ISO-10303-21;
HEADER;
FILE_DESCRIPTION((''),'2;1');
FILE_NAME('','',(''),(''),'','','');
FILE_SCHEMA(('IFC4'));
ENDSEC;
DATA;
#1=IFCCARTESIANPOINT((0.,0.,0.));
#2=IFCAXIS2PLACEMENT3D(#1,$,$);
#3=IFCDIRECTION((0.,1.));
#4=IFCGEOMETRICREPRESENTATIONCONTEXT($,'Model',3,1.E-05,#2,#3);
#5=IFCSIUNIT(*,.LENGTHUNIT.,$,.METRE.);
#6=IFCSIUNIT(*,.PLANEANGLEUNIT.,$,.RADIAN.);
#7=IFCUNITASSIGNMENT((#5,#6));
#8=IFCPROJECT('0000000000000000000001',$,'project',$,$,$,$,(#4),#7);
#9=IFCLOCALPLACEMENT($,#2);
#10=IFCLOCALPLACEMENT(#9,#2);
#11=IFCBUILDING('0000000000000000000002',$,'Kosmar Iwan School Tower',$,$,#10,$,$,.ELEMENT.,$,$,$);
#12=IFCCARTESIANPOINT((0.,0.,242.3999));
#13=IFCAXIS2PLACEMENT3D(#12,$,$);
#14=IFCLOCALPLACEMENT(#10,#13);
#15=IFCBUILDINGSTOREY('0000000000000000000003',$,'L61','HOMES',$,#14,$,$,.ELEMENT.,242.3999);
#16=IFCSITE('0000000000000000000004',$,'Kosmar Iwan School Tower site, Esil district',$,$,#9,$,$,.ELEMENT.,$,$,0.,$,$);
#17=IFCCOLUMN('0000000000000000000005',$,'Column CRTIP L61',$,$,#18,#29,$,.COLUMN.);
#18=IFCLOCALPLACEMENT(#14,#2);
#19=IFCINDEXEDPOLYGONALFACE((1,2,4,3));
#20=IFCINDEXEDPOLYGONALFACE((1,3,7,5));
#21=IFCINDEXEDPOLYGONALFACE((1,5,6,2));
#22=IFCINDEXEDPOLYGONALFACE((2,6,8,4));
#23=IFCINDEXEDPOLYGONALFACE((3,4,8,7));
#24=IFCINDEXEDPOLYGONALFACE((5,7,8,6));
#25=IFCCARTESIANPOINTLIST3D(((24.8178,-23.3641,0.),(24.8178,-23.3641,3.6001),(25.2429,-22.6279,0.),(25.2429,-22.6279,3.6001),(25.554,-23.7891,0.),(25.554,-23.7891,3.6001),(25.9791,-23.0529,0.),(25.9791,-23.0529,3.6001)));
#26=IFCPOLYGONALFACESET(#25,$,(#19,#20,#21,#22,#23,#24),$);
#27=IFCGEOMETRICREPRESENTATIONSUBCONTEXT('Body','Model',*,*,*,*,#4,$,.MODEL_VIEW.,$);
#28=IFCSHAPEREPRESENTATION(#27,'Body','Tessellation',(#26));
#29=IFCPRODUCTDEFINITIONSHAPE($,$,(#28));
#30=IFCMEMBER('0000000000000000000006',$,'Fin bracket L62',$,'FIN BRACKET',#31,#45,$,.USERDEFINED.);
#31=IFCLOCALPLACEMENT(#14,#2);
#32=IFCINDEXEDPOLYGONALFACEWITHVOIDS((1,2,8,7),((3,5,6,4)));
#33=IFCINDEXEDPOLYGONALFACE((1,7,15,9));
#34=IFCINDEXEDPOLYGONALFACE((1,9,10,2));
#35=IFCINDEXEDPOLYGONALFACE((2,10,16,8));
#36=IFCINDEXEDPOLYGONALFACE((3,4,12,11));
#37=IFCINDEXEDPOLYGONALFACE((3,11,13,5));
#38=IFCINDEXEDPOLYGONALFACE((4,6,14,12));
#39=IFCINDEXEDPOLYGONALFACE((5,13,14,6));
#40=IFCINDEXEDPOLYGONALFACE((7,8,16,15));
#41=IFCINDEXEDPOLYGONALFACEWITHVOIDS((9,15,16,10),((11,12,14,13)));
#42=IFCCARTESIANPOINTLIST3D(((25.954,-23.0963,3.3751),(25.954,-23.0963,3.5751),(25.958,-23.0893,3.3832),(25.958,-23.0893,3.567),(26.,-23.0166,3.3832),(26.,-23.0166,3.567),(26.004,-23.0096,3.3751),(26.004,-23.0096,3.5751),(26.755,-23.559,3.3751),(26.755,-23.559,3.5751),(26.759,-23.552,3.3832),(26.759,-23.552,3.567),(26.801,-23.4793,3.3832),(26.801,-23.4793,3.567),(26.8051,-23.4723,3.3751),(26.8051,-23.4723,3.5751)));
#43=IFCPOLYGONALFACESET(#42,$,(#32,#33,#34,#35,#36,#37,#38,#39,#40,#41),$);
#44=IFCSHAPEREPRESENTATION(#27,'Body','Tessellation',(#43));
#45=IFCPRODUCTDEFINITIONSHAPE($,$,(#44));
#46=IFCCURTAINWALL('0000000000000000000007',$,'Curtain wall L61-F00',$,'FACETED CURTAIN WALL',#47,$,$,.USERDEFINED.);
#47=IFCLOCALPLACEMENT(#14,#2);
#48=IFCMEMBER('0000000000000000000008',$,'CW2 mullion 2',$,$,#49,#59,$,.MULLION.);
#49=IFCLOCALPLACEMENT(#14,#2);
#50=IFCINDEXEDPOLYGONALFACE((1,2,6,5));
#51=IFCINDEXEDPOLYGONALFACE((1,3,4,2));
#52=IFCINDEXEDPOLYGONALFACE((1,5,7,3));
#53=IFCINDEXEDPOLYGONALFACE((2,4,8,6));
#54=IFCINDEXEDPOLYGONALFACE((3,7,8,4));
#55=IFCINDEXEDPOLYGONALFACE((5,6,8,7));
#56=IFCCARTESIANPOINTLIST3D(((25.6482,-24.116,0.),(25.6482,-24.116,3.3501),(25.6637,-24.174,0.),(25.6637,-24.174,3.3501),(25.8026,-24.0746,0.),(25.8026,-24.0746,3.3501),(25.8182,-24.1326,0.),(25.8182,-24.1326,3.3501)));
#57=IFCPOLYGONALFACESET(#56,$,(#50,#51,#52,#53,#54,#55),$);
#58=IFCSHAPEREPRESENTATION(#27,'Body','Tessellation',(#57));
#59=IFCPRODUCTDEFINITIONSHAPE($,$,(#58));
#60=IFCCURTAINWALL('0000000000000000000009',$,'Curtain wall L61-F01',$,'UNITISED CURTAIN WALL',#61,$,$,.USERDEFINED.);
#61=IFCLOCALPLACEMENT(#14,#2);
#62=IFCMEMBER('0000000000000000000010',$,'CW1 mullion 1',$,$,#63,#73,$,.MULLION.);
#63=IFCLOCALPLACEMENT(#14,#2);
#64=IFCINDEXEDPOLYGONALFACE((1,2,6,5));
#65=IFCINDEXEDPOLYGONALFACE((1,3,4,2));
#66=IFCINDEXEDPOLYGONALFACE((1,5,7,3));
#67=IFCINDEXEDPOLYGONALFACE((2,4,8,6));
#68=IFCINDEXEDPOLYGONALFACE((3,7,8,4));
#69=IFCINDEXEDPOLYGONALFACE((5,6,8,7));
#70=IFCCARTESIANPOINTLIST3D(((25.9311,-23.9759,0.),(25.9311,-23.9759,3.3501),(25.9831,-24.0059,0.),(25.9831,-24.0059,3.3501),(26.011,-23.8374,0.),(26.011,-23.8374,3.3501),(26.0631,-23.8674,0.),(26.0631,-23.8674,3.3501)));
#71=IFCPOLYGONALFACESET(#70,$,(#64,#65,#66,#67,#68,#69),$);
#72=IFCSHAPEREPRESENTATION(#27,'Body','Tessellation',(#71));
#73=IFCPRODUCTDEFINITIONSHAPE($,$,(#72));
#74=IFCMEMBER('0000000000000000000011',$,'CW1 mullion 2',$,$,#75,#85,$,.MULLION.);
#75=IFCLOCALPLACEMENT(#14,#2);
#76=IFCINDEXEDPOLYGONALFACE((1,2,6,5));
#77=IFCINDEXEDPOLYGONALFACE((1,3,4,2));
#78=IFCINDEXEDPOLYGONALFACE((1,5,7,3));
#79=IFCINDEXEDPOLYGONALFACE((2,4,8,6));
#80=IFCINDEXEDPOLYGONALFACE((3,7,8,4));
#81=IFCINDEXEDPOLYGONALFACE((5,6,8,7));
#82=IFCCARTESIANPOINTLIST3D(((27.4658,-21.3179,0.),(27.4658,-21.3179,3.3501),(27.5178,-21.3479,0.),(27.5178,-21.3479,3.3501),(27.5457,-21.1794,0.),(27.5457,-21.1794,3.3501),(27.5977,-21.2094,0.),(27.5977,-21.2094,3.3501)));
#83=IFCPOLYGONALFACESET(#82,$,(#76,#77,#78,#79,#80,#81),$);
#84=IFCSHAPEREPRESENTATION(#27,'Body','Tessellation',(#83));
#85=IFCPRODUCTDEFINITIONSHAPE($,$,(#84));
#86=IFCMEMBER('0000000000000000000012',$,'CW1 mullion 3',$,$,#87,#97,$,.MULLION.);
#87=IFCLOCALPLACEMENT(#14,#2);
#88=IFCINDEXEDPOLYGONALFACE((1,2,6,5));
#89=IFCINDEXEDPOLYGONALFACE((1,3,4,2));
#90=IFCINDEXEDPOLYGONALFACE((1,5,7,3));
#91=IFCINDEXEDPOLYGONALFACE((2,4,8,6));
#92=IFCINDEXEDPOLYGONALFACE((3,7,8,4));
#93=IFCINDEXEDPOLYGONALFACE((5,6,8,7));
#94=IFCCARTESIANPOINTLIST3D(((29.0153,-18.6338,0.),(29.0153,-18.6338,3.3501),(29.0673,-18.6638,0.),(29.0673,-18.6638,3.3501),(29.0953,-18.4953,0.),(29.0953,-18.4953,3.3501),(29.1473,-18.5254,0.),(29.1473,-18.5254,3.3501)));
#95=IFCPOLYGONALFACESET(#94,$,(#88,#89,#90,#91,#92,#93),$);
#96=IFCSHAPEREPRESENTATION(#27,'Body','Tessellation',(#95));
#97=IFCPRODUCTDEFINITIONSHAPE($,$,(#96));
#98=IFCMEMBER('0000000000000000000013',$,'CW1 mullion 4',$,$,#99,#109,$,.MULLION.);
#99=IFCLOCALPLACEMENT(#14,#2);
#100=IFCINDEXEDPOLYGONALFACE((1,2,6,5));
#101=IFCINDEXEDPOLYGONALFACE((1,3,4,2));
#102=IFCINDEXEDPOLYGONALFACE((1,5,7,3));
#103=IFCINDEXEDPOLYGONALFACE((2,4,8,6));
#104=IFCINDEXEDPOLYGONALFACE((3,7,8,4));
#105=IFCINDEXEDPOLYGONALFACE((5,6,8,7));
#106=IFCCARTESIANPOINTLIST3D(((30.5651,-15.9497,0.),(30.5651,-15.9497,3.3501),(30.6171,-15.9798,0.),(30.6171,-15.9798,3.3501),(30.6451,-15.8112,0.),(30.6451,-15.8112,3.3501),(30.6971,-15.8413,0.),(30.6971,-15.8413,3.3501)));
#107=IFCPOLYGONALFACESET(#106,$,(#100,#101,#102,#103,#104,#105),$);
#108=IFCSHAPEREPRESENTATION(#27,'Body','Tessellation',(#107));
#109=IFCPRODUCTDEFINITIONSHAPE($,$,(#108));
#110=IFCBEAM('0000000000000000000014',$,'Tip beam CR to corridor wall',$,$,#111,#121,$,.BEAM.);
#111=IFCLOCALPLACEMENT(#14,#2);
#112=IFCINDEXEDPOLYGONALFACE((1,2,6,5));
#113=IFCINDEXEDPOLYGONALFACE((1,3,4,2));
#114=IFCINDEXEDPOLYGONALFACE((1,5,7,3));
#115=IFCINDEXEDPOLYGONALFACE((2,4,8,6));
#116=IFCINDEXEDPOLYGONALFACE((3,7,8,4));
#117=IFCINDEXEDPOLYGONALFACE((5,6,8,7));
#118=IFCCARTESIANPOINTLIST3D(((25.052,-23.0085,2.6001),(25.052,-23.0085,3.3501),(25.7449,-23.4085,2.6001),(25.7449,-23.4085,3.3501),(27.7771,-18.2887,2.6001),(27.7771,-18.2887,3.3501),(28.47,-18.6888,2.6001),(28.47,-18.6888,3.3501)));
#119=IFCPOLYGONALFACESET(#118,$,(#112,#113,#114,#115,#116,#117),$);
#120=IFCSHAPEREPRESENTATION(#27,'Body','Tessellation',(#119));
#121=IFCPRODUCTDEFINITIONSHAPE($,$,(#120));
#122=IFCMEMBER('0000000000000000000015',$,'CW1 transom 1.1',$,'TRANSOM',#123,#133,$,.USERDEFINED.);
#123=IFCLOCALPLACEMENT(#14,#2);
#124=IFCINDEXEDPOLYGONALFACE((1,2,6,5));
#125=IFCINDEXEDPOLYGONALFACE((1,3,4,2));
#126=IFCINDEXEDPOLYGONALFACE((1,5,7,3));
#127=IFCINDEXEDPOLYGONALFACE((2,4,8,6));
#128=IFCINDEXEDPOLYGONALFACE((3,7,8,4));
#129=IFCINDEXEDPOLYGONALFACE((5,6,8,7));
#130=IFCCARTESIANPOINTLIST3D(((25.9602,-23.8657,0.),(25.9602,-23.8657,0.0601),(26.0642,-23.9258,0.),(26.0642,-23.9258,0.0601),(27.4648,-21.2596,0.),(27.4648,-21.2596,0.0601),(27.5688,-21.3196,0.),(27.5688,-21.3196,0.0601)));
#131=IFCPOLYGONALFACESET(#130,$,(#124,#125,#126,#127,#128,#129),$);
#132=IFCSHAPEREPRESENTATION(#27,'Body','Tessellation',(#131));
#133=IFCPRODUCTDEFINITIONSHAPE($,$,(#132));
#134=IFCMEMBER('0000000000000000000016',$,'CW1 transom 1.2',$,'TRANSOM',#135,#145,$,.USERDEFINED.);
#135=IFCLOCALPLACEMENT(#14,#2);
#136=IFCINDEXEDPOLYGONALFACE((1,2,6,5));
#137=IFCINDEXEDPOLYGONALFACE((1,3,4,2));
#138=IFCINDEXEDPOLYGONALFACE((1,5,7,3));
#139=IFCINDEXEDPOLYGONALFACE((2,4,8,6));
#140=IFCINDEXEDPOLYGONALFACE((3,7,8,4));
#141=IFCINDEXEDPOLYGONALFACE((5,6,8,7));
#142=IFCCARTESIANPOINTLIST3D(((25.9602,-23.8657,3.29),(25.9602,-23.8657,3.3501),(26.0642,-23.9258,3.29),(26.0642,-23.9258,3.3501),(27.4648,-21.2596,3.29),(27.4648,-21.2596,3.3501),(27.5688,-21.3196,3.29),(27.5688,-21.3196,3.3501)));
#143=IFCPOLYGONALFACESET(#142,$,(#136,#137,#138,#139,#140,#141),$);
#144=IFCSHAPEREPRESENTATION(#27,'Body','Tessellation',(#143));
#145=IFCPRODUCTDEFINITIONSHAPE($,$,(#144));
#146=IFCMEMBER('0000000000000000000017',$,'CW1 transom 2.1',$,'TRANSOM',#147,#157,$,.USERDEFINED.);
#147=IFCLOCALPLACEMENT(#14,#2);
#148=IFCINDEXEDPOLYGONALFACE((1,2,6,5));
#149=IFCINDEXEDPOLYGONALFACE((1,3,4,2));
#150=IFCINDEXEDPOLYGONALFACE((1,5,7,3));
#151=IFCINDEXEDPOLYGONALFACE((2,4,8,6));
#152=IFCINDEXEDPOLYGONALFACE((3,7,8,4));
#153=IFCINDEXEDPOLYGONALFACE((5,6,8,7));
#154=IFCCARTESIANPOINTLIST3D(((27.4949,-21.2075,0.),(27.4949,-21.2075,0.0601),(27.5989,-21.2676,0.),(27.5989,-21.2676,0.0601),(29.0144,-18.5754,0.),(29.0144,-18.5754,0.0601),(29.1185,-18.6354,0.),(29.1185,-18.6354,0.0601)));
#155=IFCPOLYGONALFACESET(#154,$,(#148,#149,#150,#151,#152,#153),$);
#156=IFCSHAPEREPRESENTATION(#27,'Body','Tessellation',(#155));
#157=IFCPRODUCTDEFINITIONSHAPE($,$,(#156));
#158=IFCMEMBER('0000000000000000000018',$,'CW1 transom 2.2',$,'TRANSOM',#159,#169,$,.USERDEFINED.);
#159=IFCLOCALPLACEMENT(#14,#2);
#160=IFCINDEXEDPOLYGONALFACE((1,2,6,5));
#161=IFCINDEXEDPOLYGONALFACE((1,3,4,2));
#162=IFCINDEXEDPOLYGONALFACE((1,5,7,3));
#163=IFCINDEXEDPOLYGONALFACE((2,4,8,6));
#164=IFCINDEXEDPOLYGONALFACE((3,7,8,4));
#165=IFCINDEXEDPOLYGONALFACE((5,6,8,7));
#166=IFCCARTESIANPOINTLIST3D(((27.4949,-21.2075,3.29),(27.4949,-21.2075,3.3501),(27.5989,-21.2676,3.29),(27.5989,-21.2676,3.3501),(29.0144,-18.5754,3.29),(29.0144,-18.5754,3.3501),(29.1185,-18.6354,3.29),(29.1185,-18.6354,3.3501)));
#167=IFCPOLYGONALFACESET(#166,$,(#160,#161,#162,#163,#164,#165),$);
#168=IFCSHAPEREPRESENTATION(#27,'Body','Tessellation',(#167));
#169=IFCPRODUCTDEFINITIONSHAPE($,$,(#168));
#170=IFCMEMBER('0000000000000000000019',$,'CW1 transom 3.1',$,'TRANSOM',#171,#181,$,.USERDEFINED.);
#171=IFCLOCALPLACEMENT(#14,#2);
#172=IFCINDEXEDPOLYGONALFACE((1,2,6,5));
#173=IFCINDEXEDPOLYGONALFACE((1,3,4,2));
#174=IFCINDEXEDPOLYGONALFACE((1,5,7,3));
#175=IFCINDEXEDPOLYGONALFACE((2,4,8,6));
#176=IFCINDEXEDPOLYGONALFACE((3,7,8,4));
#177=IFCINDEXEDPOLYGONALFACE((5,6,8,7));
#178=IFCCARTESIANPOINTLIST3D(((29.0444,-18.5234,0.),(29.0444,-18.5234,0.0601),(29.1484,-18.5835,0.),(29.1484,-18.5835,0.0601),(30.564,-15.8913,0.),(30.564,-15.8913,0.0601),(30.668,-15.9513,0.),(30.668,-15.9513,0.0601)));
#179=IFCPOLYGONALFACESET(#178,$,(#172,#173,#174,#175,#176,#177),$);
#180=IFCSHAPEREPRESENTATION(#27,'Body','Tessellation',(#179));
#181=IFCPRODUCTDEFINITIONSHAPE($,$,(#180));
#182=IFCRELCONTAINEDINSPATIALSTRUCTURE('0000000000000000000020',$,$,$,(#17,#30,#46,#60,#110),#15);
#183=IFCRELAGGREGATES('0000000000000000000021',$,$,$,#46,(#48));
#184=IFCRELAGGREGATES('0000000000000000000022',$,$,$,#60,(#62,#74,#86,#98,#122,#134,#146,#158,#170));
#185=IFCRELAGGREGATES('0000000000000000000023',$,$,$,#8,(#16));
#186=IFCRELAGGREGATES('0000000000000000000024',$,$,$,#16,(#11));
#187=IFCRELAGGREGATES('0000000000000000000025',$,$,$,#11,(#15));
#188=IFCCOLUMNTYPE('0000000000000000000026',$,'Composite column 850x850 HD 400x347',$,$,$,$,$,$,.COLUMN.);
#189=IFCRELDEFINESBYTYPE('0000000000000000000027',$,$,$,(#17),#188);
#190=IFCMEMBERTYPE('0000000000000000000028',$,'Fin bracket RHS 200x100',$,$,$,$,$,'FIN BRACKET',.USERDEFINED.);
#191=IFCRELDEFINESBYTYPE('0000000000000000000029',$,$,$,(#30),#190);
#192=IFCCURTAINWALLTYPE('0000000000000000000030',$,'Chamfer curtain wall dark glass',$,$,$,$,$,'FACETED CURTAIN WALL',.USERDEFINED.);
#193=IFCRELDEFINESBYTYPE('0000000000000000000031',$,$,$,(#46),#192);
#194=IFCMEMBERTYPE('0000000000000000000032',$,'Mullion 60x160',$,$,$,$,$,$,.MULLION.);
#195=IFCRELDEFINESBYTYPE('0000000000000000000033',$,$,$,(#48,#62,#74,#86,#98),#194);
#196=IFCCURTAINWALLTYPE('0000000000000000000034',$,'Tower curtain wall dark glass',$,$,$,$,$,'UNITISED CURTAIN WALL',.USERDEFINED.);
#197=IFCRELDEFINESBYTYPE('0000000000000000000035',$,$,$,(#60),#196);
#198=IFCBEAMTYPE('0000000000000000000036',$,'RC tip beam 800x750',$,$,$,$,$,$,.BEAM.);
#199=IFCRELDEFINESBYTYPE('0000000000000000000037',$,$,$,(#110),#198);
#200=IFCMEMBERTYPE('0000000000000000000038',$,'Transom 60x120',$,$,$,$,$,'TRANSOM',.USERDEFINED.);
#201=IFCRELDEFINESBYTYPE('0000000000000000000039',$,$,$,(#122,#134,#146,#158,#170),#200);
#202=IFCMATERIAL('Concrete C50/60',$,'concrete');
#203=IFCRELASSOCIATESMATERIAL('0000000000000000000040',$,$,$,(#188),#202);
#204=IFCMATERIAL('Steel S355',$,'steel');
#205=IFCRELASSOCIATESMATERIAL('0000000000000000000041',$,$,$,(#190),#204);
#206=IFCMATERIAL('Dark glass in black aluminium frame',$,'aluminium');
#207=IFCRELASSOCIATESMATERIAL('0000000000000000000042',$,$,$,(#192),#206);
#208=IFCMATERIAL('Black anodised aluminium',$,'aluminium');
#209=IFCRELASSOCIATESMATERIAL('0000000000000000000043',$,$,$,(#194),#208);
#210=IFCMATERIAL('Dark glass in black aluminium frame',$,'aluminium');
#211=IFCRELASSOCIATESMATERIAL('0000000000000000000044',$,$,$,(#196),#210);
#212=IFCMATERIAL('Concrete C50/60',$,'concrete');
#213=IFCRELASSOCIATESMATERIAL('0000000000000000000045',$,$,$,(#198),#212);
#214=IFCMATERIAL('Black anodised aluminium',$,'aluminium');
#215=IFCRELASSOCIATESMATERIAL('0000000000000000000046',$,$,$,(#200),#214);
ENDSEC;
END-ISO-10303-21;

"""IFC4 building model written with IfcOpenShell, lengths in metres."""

from ifc_helpers import new_model, si_unit, direction, frame, origin, origin_2d, place, context, subcontext, project, spatial, rectangle, hollow_rectangle, extrude, material, material_profile, profile_set, type_object, element, aggregate, save


model = new_model("IFC4")

# Units and contexts
model_context = context("Model", 3, precision=1e-05, world=origin(), true_north=direction((0.0, 1.0)))
body_context = subcontext(model_context, "Body", "Model", "MODEL_VIEW")
ifc_project = project(units=[si_unit("LENGTHUNIT", "METRE"), si_unit("PLANEANGLEUNIT", "RADIAN")], contexts=[model_context])

# Site, building, storey
site_placement = place(None, origin())
site = spatial("IfcSite", under=ifc_project, at=site_placement, Name="Kosmar Iwan School Tower site, Esil district", CompositionType="ELEMENT", RefElevation=0.0)
building_placement = place(site_placement, origin())
building = spatial("IfcBuilding", under=site, at=building_placement, Name="Kosmar Iwan School Tower", CompositionType="ELEMENT")
storey_placement = place(building_placement, frame((0.0, 0.0, 242.3999)))
storey = spatial("IfcBuildingStorey", under=building, at=storey_placement, Name="L61", Description="HOMES", CompositionType="ELEMENT", Elevation=242.3999)

# Column
ifc_material_1 = material(Name="Concrete C50/60", Category="concrete")
ifc_material_profile_1 = material_profile(ifc_material_1, rectangle(XDim=0.8501, YDim=0.8501, at=origin_2d()), Name="RC 850x850 + HD 400x347")
ifc_profile_set_1 = profile_set([ifc_material_profile_1], Name="Concrete C50/60")
column_type = type_object("IfcColumnType", Name="Composite column 850x850 HD 400x347", PredefinedType="COLUMN", material=ifc_profile_set_1)
column_placement = place(storey_placement, frame((25.3984, -23.2085, 0.0), z_axis=(0.0, 0.0, 1.0), x_axis=(0.866025, -0.5, 0.0)))
element("IfcColumn", 1, at=column_placement, inside=storey, type_object=column_type, Name="Column CRTIP L61", PredefinedType="COLUMN", context=body_context, shape_type="SweptSolid", body=[
    extrude(rectangle(XDim=0.8501, YDim=0.8501, at=origin_2d()), origin(), (0.0, 0.0, 1.0), 3.6001),
])

# Member
ifc_material_2 = material(Name="Steel S355", Category="steel")
ifc_material_profile_2 = material_profile(ifc_material_2, hollow_rectangle(XDim=0.1001, YDim=0.2, WallThickness=0.0081, at=origin_2d()), Name="RHS 200x100x8")
ifc_profile_set_2 = profile_set([ifc_material_profile_2], Name="Steel S355")
member_type_1 = type_object("IfcMemberType", Name="Fin bracket RHS 200x100", ElementType="FIN BRACKET", PredefinedType="USERDEFINED", material=ifc_profile_set_2)
member_1_placement = place(storey_placement, frame((25.979, -23.053, 3.4751), z_axis=(0.865944, -0.500141, 0.0), x_axis=(0.500141, 0.865944, 0.0)))
element("IfcMember", 2, at=member_1_placement, inside=storey, type_object=member_type_1, Name="Fin bracket L62", ObjectType="FIN BRACKET", PredefinedType="USERDEFINED", context=body_context, shape_type="SweptSolid", body=[
    extrude(hollow_rectangle(XDim=0.1001, YDim=0.2, WallThickness=0.0081, at=origin_2d()), origin(), (0.0, 0.0, 1.0), 0.925),
])

# Curtain wall, member
ifc_material_3 = material(Name="Dark glass in black aluminium frame", Category="aluminium")
curtain_wall_type_1 = type_object("IfcCurtainWallType", Name="Chamfer curtain wall dark glass", ElementType="FACETED CURTAIN WALL", PredefinedType="USERDEFINED", material=ifc_material_3)
curtain_wall_1_placement = place(storey_placement, origin())
curtain_wall_1 = element("IfcCurtainWall", 3, at=curtain_wall_1_placement, inside=storey, type_object=curtain_wall_type_1, Name="Curtain wall L61-F00", ObjectType="FACETED CURTAIN WALL", PredefinedType="USERDEFINED")
ifc_material_4 = material(Name="Black anodised aluminium", Category="aluminium")
ifc_material_profile_3 = material_profile(ifc_material_4, rectangle(XDim=0.0601, YDim=0.1599, at=origin_2d()), Name="MULLION 60x160")
ifc_profile_set_3 = profile_set([ifc_material_profile_3], Name="Black anodised aluminium")
member_type_2 = type_object("IfcMemberType", Name="Mullion 60x160", PredefinedType="MULLION", material=ifc_profile_set_3)
member_2_placement = place(storey_placement, frame((25.7332, -24.1243, 0.0), z_axis=(0.0, 0.0, 1.0), x_axis=(-0.258819, 0.965926, 0.0)))
member_2 = element("IfcMember", 4, at=member_2_placement, type_object=member_type_2, Name="CW2 mullion 2", PredefinedType="MULLION", context=body_context, shape_type="SweptSolid", body=[
    extrude(rectangle(XDim=0.0601, YDim=0.1599, at=origin_2d()), origin(), (0.0, 0.0, 1.0), 3.3501),
])

# Curtain wall, members
ifc_material_5 = material(Name="Dark glass in black aluminium frame", Category="aluminium")
curtain_wall_type_2 = type_object("IfcCurtainWallType", Name="Tower curtain wall dark glass", ElementType="UNITISED CURTAIN WALL", PredefinedType="USERDEFINED", material=ifc_material_5)
curtain_wall_2_placement = place(storey_placement, origin())
curtain_wall_2 = element("IfcCurtainWall", 5, at=curtain_wall_2_placement, inside=storey, type_object=curtain_wall_type_2, Name="Curtain wall L61-F01", ObjectType="UNITISED CURTAIN WALL", PredefinedType="USERDEFINED")
member_3_placement = place(storey_placement, frame((25.9971, -23.9216, 0.0), z_axis=(0.0, 0.0, 1.0), x_axis=(-0.866025, 0.5, 0.0)))
member_3 = element("IfcMember", 6, at=member_3_placement, type_object=member_type_2, Name="CW1 mullion 1", PredefinedType="MULLION", context=body_context, shape_type="SweptSolid", body=[
    extrude(rectangle(XDim=0.0601, YDim=0.1599, at=origin_2d()), origin(), (0.0, 0.0, 1.0), 3.3501),
])
member_4_placement = place(storey_placement, frame((27.5317, -21.2637, 0.0), z_axis=(0.0, 0.0, 1.0), x_axis=(-0.866025, 0.5, 0.0)))
member_4 = element("IfcMember", 7, at=member_4_placement, type_object=member_type_2, Name="CW1 mullion 2", PredefinedType="MULLION", context=body_context, shape_type="SweptSolid", body=[
    extrude(rectangle(XDim=0.0601, YDim=0.1599, at=origin_2d()), origin(), (0.0, 0.0, 1.0), 3.3501),
])
member_5_placement = place(storey_placement, frame((29.0813, -18.5796, 0.0), z_axis=(0.0, 0.0, 1.0), x_axis=(-0.866025, 0.5, 0.0)))
member_5 = element("IfcMember", 8, at=member_5_placement, type_object=member_type_2, Name="CW1 mullion 3", PredefinedType="MULLION", context=body_context, shape_type="SweptSolid", body=[
    extrude(rectangle(XDim=0.0601, YDim=0.1599, at=origin_2d()), origin(), (0.0, 0.0, 1.0), 3.3501),
])
member_6_placement = place(storey_placement, frame((30.6311, -15.8955, 0.0), z_axis=(0.0, 0.0, 1.0), x_axis=(-0.866025, 0.5, 0.0)))
member_6 = element("IfcMember", 9, at=member_6_placement, type_object=member_type_2, Name="CW1 mullion 4", PredefinedType="MULLION", context=body_context, shape_type="SweptSolid", body=[
    extrude(rectangle(XDim=0.0601, YDim=0.1599, at=origin_2d()), origin(), (0.0, 0.0, 1.0), 3.3501),
])

# Beam
ifc_material_6 = material(Name="Concrete C50/60", Category="concrete")
ifc_material_profile_4 = material_profile(ifc_material_6, rectangle(XDim=0.8, YDim=0.75, at=origin_2d()), Name="RC 800x750")
ifc_profile_set_4 = profile_set([ifc_material_profile_4], Name="Concrete C50/60")
beam_type = type_object("IfcBeamType", Name="RC tip beam 800x750", PredefinedType="BEAM", material=ifc_profile_set_4)
beam_placement = place(storey_placement, frame((25.3984, -23.2085, 2.9751), z_axis=(0.500022, 0.866013, 0.0), x_axis=(-0.866013, 0.500022, 0.0)))
element("IfcBeam", 10, at=beam_placement, inside=storey, type_object=beam_type, Name="Tip beam CR to corridor wall", PredefinedType="BEAM", context=body_context, shape_type="SweptSolid", body=[
    extrude(rectangle(XDim=0.8, YDim=0.75, at=origin_2d()), origin(), (0.0, 0.0, 1.0), 5.45),
])

# Members
ifc_material_7 = material(Name="Black anodised aluminium", Category="aluminium")
ifc_material_profile_5 = material_profile(ifc_material_7, rectangle(XDim=0.1201, YDim=0.0601, at=origin_2d()), Name="TRANSOM 60x120")
ifc_profile_set_5 = profile_set([ifc_material_profile_5], Name="Black anodised aluminium")
member_type_3 = type_object("IfcMemberType", Name="Transom 60x120", ElementType="TRANSOM", PredefinedType="USERDEFINED", material=ifc_profile_set_5)
member_7_placement = place(storey_placement, frame((26.0122, -23.8958, 0.03), z_axis=(0.499987, 0.866033, 0.0), x_axis=(-0.866033, 0.499987, 0.0)))
member_7 = element("IfcMember", 11, at=member_7_placement, type_object=member_type_3, Name="CW1 transom 1.1", ObjectType="TRANSOM", PredefinedType="USERDEFINED", context=body_context, shape_type="SweptSolid", body=[
    extrude(rectangle(XDim=0.1201, YDim=0.0601, at=origin_2d()), origin(), (0.0, 0.0, 1.0), 3.0093),
])
member_8_placement = place(storey_placement, frame((26.0122, -23.8958, 3.3201), z_axis=(0.499987, 0.866033, 0.0), x_axis=(-0.866033, 0.499987, 0.0)))
member_8 = element("IfcMember", 12, at=member_8_placement, type_object=member_type_3, Name="CW1 transom 1.2", ObjectType="TRANSOM", PredefinedType="USERDEFINED", context=body_context, shape_type="SweptSolid", body=[
    extrude(rectangle(XDim=0.1201, YDim=0.0601, at=origin_2d()), origin(), (0.0, 0.0, 1.0), 3.0093),
])
member_9_placement = place(storey_placement, frame((27.5469, -21.2375, 0.03), z_axis=(0.499975, 0.86604, 0.0), x_axis=(-0.86604, 0.499975, 0.0)))
member_9 = element("IfcMember", 13, at=member_9_placement, type_object=member_type_3, Name="CW1 transom 2.1", ObjectType="TRANSOM", PredefinedType="USERDEFINED", context=body_context, shape_type="SweptSolid", body=[
    extrude(rectangle(XDim=0.1201, YDim=0.0601, at=origin_2d()), origin(), (0.0, 0.0, 1.0), 3.0393),
])
member_10_placement = place(storey_placement, frame((27.5469, -21.2375, 3.3201), z_axis=(0.499975, 0.86604, 0.0), x_axis=(-0.86604, 0.499975, 0.0)))
member_10 = element("IfcMember", 14, at=member_10_placement, type_object=member_type_3, Name="CW1 transom 2.2", ObjectType="TRANSOM", PredefinedType="USERDEFINED", context=body_context, shape_type="SweptSolid", body=[
    extrude(rectangle(XDim=0.1201, YDim=0.0601, at=origin_2d()), origin(), (0.0, 0.0, 1.0), 3.0393),
])
member_11_placement = place(storey_placement, frame((29.0964, -18.5535, 0.03), z_axis=(0.499975, 0.86604, 0.0), x_axis=(-0.86604, 0.499975, 0.0)))
member_11 = element("IfcMember", 15, at=member_11_placement, type_object=member_type_3, Name="CW1 transom 3.1", ObjectType="TRANSOM", PredefinedType="USERDEFINED", context=body_context, shape_type="SweptSolid", body=[
    extrude(rectangle(XDim=0.1201, YDim=0.0601, at=origin_2d()), origin(), (0.0, 0.0, 1.0), 3.0393),
])

aggregate(curtain_wall_1, [member_2])
aggregate(curtain_wall_2, [member_3, member_4, member_5, member_6, member_7, member_8, member_9, member_10, member_11])

save(model, "model.ifc")
